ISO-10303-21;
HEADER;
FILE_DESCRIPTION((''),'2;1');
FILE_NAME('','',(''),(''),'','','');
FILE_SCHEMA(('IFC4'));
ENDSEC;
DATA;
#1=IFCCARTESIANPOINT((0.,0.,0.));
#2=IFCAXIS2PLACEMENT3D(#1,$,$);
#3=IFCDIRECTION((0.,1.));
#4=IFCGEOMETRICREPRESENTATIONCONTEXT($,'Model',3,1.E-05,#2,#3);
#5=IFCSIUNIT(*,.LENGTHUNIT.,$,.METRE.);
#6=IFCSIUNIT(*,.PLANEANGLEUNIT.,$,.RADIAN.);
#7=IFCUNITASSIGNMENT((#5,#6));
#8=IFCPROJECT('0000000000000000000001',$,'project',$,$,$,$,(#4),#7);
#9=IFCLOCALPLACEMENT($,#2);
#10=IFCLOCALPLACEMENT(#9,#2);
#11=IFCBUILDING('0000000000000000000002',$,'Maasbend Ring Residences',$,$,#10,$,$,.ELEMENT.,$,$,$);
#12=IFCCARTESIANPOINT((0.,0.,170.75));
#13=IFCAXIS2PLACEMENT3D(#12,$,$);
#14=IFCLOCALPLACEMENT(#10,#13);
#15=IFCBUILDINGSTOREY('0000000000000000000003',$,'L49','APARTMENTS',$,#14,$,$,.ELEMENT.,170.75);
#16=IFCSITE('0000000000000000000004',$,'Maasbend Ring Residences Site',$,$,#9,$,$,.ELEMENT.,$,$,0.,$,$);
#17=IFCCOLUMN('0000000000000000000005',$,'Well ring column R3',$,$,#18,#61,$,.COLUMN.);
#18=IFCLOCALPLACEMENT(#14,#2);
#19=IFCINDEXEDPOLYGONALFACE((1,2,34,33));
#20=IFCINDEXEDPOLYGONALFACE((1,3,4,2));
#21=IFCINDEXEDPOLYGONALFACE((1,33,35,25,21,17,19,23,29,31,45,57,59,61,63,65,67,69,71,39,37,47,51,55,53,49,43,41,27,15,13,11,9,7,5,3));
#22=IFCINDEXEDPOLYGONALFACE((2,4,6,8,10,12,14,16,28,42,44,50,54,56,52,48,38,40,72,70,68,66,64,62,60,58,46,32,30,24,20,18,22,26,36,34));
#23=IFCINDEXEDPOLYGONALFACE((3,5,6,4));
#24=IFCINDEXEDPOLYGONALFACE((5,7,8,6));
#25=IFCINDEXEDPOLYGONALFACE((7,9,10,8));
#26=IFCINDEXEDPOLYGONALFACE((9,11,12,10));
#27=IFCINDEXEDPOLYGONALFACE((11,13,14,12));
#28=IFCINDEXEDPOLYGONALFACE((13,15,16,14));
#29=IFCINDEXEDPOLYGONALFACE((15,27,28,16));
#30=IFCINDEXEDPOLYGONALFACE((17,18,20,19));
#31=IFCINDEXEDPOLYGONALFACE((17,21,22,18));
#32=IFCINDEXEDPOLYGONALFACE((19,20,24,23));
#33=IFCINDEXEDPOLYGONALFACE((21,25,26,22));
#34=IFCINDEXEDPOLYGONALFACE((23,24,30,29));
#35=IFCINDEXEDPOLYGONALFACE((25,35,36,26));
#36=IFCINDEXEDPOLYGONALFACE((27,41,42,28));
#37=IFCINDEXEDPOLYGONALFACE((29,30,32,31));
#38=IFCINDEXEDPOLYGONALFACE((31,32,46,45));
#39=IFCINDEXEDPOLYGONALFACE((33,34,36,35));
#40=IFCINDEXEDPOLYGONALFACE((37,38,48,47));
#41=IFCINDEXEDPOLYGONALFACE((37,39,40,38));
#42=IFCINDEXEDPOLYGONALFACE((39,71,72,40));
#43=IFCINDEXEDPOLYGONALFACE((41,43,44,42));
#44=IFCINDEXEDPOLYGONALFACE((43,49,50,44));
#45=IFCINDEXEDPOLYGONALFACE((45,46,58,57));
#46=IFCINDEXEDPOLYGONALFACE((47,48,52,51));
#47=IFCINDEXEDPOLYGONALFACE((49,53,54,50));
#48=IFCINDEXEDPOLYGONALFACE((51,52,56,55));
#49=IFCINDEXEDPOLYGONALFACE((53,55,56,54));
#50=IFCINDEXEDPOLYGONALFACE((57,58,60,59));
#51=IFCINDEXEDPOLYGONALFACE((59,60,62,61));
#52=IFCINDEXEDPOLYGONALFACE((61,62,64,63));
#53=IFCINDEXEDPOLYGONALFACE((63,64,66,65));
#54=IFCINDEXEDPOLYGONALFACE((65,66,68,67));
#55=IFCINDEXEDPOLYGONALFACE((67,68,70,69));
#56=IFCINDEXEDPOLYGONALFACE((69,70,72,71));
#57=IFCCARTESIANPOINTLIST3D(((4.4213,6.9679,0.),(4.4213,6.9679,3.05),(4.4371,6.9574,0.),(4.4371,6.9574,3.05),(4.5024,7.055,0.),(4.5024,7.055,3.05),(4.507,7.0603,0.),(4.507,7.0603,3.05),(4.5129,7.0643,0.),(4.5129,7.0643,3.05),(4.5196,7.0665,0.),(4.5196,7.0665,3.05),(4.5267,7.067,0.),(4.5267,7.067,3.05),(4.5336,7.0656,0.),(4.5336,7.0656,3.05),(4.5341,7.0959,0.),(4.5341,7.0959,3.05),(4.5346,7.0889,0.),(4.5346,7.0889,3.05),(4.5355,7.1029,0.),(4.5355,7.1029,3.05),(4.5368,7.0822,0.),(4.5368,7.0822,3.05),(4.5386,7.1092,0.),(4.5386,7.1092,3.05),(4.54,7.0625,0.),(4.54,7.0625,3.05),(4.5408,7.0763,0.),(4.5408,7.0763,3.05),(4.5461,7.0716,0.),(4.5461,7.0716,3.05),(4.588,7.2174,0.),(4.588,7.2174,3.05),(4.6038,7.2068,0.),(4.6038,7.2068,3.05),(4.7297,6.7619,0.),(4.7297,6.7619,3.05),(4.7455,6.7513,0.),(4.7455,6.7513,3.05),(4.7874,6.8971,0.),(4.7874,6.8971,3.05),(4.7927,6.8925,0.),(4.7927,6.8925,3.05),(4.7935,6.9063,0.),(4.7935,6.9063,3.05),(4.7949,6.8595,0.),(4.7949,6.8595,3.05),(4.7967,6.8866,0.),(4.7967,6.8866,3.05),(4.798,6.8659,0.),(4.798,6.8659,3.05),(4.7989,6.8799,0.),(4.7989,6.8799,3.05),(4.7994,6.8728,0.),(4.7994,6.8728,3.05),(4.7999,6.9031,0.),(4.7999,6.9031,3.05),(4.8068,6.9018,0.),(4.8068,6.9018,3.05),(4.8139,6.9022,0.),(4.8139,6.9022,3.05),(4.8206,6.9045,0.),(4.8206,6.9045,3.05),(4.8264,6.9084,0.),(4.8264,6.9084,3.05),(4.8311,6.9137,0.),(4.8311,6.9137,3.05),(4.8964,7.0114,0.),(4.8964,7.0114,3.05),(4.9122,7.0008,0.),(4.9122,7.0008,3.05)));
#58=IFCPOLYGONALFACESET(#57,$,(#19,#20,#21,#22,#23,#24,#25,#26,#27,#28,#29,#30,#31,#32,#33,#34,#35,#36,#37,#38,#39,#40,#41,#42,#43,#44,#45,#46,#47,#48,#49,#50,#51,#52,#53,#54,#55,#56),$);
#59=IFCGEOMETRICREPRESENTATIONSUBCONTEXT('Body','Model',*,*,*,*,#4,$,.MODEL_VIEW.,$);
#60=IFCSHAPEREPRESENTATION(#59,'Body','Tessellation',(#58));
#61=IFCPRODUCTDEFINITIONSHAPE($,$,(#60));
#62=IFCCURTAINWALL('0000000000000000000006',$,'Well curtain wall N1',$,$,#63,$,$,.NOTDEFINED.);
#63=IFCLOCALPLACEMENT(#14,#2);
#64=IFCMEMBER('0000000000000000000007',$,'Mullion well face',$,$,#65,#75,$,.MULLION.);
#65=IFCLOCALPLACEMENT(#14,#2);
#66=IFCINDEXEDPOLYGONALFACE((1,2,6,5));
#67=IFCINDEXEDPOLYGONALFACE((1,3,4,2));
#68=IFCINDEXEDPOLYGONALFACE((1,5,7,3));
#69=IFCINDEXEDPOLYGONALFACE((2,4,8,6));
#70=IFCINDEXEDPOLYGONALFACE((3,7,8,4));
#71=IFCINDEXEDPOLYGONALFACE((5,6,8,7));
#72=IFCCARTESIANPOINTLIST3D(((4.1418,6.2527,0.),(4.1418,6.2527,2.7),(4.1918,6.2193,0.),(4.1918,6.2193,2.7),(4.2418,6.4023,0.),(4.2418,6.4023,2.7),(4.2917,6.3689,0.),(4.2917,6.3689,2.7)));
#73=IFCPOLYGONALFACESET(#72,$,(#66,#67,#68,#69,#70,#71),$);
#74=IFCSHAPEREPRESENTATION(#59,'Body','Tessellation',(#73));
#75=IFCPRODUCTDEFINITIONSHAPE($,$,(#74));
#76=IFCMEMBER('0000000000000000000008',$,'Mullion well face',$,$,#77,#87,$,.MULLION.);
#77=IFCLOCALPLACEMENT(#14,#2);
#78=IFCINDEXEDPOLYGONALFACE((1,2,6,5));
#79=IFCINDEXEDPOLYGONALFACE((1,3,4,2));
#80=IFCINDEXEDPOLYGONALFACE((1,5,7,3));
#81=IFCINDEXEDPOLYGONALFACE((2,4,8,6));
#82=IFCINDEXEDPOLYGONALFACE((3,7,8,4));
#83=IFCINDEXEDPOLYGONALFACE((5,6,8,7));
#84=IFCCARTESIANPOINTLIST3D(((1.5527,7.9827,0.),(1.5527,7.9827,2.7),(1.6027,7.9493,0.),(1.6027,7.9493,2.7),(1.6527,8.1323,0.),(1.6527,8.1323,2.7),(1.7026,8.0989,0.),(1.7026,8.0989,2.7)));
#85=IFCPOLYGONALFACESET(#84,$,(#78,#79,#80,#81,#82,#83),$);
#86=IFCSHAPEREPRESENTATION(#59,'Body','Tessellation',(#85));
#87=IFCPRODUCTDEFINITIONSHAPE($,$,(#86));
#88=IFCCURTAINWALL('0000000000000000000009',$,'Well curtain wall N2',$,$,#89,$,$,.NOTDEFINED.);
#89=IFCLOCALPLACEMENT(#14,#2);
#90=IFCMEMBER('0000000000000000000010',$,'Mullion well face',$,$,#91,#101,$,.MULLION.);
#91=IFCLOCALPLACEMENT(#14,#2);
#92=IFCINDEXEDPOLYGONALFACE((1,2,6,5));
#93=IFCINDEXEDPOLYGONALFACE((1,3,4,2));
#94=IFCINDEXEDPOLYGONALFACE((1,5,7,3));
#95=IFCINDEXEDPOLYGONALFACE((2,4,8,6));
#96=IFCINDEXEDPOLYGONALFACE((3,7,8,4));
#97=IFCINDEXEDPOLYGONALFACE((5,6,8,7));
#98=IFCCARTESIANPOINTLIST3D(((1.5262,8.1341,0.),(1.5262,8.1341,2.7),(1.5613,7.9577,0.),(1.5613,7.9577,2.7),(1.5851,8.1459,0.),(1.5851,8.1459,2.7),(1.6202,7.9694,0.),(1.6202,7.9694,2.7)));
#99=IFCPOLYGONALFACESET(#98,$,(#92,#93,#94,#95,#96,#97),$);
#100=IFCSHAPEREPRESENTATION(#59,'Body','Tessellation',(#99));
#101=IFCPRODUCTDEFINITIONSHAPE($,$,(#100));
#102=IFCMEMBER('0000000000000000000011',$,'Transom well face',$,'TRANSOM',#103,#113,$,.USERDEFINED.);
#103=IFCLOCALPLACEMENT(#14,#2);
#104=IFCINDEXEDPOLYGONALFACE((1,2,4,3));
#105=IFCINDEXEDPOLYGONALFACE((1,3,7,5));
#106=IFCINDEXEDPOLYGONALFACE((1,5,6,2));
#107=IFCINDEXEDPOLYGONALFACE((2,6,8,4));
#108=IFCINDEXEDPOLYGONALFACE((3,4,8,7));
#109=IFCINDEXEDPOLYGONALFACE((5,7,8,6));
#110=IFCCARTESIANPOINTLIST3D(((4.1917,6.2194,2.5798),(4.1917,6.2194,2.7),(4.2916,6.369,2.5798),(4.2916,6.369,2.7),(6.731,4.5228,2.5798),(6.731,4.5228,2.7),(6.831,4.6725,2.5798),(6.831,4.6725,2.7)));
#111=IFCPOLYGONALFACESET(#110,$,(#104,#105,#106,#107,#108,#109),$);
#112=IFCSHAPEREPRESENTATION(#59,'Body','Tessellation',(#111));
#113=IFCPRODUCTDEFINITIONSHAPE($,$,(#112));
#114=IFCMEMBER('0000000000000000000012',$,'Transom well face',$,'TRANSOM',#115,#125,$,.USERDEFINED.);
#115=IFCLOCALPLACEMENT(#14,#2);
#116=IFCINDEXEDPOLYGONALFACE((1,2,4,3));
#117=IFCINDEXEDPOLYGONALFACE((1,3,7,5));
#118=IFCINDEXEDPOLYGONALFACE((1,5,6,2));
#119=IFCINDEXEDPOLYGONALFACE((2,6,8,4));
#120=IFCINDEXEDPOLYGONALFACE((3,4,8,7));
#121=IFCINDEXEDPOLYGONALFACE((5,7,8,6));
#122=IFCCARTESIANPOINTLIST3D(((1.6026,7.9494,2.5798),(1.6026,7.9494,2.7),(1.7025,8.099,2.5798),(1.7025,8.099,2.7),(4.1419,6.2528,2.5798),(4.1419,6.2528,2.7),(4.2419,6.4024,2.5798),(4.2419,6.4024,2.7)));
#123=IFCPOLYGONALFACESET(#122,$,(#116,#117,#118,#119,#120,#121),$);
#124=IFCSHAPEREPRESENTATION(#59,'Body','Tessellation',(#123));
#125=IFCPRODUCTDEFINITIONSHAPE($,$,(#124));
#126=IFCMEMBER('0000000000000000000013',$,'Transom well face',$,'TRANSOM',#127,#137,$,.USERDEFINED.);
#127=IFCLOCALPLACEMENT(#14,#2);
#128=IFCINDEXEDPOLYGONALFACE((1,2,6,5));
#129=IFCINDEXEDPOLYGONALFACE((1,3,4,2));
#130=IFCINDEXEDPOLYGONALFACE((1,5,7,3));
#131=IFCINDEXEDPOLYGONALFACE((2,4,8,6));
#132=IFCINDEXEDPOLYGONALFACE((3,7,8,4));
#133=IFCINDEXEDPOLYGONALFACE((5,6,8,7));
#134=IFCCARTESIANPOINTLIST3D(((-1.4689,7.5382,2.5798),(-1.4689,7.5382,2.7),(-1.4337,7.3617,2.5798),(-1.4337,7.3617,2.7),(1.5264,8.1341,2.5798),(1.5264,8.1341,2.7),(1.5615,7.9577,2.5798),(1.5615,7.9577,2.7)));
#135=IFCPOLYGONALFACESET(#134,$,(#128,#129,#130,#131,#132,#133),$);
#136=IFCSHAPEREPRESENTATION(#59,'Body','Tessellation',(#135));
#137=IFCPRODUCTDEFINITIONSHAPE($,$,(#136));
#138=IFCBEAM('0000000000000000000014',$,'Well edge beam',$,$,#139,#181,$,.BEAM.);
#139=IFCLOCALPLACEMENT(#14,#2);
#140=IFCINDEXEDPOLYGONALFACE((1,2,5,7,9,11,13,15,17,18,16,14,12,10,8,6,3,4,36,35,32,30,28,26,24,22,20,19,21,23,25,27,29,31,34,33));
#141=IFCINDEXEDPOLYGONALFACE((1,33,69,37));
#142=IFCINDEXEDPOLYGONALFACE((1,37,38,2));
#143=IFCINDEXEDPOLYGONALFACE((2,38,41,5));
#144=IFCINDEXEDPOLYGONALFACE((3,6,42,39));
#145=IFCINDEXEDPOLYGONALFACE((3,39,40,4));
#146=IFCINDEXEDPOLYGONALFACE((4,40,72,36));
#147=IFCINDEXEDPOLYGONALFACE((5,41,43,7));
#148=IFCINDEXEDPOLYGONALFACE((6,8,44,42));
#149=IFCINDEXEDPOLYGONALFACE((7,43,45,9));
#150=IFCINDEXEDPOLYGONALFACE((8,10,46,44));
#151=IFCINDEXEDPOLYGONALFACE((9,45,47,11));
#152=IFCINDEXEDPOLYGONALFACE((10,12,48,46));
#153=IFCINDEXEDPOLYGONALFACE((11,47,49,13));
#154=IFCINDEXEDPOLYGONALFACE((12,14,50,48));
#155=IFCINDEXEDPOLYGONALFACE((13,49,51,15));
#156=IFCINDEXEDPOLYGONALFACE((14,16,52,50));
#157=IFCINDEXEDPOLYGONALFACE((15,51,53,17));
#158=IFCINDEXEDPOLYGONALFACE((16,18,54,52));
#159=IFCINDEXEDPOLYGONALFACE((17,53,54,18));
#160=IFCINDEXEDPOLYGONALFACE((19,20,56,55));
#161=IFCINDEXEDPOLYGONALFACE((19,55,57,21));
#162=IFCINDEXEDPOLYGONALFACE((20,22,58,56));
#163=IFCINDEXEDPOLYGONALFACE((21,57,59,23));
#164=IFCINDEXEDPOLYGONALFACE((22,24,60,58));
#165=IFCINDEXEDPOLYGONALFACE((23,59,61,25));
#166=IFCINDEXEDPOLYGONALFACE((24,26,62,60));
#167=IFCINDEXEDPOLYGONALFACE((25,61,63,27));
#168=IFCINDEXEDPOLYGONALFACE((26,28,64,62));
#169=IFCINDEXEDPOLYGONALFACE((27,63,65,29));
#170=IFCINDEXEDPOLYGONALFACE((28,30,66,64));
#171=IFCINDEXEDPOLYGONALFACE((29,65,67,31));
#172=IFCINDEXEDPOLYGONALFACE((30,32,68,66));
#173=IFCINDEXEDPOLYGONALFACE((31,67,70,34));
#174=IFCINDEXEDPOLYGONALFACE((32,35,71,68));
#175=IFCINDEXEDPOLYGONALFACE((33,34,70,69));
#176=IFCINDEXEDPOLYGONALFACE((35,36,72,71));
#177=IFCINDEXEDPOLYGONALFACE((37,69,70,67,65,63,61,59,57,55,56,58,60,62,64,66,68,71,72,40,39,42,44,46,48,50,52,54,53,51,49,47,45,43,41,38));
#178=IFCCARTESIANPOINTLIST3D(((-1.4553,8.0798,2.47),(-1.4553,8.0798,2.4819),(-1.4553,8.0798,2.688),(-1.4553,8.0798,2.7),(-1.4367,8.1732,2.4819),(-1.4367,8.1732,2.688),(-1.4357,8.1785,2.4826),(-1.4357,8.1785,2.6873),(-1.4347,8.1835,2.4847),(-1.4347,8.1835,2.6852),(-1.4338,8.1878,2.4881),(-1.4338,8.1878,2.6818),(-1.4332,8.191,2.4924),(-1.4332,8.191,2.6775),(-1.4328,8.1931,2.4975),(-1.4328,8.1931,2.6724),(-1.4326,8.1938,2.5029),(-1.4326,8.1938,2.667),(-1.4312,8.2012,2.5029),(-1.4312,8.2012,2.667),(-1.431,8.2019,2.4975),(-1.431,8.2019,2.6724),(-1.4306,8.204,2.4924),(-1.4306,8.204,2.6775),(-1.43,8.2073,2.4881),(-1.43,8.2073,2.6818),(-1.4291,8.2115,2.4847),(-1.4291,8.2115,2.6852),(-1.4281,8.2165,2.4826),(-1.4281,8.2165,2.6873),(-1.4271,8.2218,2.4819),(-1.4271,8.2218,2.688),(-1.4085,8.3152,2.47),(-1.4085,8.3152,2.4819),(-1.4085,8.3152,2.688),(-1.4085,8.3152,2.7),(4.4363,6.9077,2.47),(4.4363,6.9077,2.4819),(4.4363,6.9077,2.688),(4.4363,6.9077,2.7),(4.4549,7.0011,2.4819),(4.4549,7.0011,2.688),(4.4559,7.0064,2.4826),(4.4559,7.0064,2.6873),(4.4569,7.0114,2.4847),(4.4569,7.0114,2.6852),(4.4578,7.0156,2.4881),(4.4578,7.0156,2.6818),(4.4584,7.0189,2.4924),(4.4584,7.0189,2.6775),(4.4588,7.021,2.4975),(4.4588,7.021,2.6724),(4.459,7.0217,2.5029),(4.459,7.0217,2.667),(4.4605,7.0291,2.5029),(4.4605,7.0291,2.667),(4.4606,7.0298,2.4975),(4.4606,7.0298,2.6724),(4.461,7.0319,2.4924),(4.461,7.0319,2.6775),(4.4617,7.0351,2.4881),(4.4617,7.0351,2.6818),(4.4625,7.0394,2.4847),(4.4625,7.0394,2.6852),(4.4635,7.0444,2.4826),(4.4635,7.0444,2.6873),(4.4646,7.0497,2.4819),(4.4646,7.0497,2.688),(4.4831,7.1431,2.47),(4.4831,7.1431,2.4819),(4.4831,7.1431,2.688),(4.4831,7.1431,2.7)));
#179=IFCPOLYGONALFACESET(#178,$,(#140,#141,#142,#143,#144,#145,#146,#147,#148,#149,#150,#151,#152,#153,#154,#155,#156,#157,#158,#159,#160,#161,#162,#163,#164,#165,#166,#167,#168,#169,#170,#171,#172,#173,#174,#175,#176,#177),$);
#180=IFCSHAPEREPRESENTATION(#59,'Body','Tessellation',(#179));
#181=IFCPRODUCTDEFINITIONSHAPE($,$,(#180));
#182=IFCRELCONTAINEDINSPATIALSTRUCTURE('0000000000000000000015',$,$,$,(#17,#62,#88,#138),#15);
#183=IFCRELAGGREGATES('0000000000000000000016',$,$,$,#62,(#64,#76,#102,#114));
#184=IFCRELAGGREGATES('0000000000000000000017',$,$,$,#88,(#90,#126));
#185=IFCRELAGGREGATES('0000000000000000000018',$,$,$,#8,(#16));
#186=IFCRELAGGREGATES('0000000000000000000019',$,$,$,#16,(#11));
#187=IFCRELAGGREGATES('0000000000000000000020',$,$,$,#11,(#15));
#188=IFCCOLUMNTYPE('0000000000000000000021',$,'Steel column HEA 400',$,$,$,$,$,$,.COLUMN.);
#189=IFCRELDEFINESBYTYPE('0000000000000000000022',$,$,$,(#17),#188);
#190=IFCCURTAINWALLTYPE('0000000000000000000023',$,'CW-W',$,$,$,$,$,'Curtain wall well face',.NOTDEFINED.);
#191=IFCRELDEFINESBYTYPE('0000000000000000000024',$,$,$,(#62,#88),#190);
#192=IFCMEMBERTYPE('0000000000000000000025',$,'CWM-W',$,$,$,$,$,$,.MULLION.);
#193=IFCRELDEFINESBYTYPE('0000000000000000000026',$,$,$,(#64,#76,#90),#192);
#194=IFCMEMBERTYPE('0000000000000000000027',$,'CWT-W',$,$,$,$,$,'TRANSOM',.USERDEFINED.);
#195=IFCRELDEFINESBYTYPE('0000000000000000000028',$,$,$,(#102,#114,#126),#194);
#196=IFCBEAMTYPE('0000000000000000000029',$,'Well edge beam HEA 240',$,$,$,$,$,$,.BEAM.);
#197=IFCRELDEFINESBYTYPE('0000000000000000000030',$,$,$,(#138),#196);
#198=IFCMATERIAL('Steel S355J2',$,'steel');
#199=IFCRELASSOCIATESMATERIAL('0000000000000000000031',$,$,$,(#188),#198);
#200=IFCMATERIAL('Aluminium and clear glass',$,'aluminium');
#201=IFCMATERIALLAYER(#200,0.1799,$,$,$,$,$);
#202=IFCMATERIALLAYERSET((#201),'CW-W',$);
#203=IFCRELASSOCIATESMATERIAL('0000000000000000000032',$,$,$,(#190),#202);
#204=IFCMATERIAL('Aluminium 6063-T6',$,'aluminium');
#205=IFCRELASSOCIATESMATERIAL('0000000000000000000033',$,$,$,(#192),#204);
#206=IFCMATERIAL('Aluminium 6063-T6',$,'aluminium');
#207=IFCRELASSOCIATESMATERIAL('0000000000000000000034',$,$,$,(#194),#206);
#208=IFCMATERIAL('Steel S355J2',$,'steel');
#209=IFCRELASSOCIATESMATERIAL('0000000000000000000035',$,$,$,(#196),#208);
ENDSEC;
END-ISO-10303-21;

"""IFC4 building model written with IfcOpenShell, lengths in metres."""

from ifc_helpers import new_model, si_unit, direction, frame, origin, origin_2d, place, context, subcontext, project, spatial, rectangle, i_section, extrude, material, layer, layer_set, material_profile, profile_set, type_object, element, aggregate, save


model = new_model("IFC4")

# Units and contexts
model_context = context("Model", 3, precision=1e-05, world=origin(), true_north=direction((0.0, 1.0)))
body_context = subcontext(model_context, "Body", "Model", "MODEL_VIEW")
ifc_project = project(units=[si_unit("LENGTHUNIT", "METRE"), si_unit("PLANEANGLEUNIT", "RADIAN")], contexts=[model_context])

# Site, building, storey
site_placement = place(None, origin())
site = spatial("IfcSite", under=ifc_project, at=site_placement, Name="Maasbend Ring Residences Site", CompositionType="ELEMENT", RefElevation=0.0)
building_placement = place(site_placement, origin())
building = spatial("IfcBuilding", under=site, at=building_placement, Name="Maasbend Ring Residences", CompositionType="ELEMENT")
storey_placement = place(building_placement, frame((0.0, 0.0, 170.75)))
storey = spatial("IfcBuildingStorey", under=building, at=storey_placement, Name="L49", Description="APARTMENTS", CompositionType="ELEMENT", Elevation=170.75)

# Column
ifc_material_1 = material(Name="Steel S355J2", Category="steel")
ifc_material_profile_1 = material_profile(ifc_material_1, i_section(OverallWidth=0.3, OverallDepth=0.3899, WebThickness=0.011, FlangeThickness=0.019, FilletRadius=0.0271, at=origin_2d()), Name="HEA 400")
ifc_profile_set_1 = profile_set([ifc_material_profile_1], Name="Steel S355J2")
column_type = type_object("IfcColumnType", Name="Steel column HEA 400", PredefinedType="COLUMN", material=ifc_profile_set_1)
column_placement = place(storey_placement, frame((4.6667, 6.9844, 0.0), z_axis=(0.0, 0.0, 1.0), x_axis=(0.55557, 0.83147, 0.0)))
element("IfcColumn", 1, at=column_placement, inside=storey, type_object=column_type, Name="Well ring column R3", PredefinedType="COLUMN", context=body_context, shape_type="SweptSolid", body=[
    extrude(i_section(OverallWidth=0.3, OverallDepth=0.3899, WebThickness=0.011, FlangeThickness=0.019, FilletRadius=0.0271, at=origin_2d()), origin(), (0.0, 0.0, 1.0), 3.05),
])

# Curtain wall, members
ifc_material_2 = material(Name="Aluminium and clear glass", Category="aluminium")
ifc_layer_1 = layer(ifc_material_2, 0.1799)
ifc_layer_set_1 = layer_set([ifc_layer_1], Name="CW-W")
curtain_wall_type = type_object("IfcCurtainWallType", Name="CW-W", ElementType="Curtain wall well face", PredefinedType="NOTDEFINED", material=ifc_layer_set_1)
curtain_wall_1_placement = place(storey_placement, origin())
curtain_wall_1 = element("IfcCurtainWall", 2, at=curtain_wall_1_placement, inside=storey, type_object=curtain_wall_type, Name="Well curtain wall N1", PredefinedType="NOTDEFINED")
ifc_material_3 = material(Name="Aluminium 6063-T6", Category="aluminium")
ifc_material_profile_2 = material_profile(ifc_material_3, rectangle(XDim=0.1799, YDim=0.0601, at=origin_2d()), Name="AL 180x60")
ifc_profile_set_2 = profile_set([ifc_material_profile_2], Name="Aluminium 6063-T6")
member_type_1 = type_object("IfcMemberType", Name="CWM-W", PredefinedType="MULLION", material=ifc_profile_set_2)
member_1_placement = place(storey_placement, frame((4.2168, 6.3108, 0.0), z_axis=(0.0, 0.0, 1.0), x_axis=(-0.55557, -0.83147, 0.0)))
member_1 = element("IfcMember", 3, at=member_1_placement, type_object=member_type_1, Name="Mullion well face", PredefinedType="MULLION", context=body_context, shape_type="SweptSolid", body=[
    extrude(rectangle(XDim=0.1799, YDim=0.0601, at=origin_2d()), origin(), (0.0, 0.0, 1.0), 2.7),
])
member_2_placement = place(storey_placement, frame((1.6277, 8.0408, 0.0), z_axis=(0.0, 0.0, 1.0), x_axis=(-0.55557, -0.83147, 0.0)))
member_2 = element("IfcMember", 4, at=member_2_placement, type_object=member_type_1, Name="Mullion well face", PredefinedType="MULLION", context=body_context, shape_type="SweptSolid", body=[
    extrude(rectangle(XDim=0.1799, YDim=0.0601, at=origin_2d()), origin(), (0.0, 0.0, 1.0), 2.7),
])

# Curtain wall, member
curtain_wall_2_placement = place(storey_placement, origin())
curtain_wall_2 = element("IfcCurtainWall", 5, at=curtain_wall_2_placement, inside=storey, type_object=curtain_wall_type, Name="Well curtain wall N2", PredefinedType="NOTDEFINED")
member_3_placement = place(storey_placement, frame((1.5732, 8.0518, 0.0), z_axis=(0.0, 0.0, 1.0), x_axis=(0.19509, -0.980785, 0.0)))
member_3 = element("IfcMember", 6, at=member_3_placement, type_object=member_type_1, Name="Mullion well face", PredefinedType="MULLION", context=body_context, shape_type="SweptSolid", body=[
    extrude(rectangle(XDim=0.1799, YDim=0.0601, at=origin_2d()), origin(), (0.0, 0.0, 1.0), 2.7),
])

# Members
ifc_material_4 = material(Name="Aluminium 6063-T6", Category="aluminium")
ifc_material_profile_3 = material_profile(ifc_material_4, rectangle(XDim=0.1799, YDim=0.1201, at=origin_2d()), Name="AL 180x120")
ifc_profile_set_3 = profile_set([ifc_material_profile_3], Name="Aluminium 6063-T6")
member_type_2 = type_object("IfcMemberType", Name="CWT-W", ElementType="TRANSOM", PredefinedType="USERDEFINED", material=ifc_profile_set_3)
member_4_placement = place(storey_placement, frame((6.781, 4.5977, 2.6399), z_axis=(-0.831496, 0.55553, 0.0), x_axis=(-0.55553, -0.831496, 0.0)))
member_4 = element("IfcMember", 7, at=member_4_placement, type_object=member_type_2, Name="Transom well face", ObjectType="TRANSOM", PredefinedType="USERDEFINED", context=body_context, shape_type="SweptSolid", body=[
    extrude(rectangle(XDim=0.1799, YDim=0.1201, at=origin_2d()), origin(), (0.0, 0.0, 1.0), 3.054),
])
member_5_placement = place(storey_placement, frame((4.1919, 6.3276, 2.6399), z_axis=(-0.831496, 0.55553, 0.0), x_axis=(-0.55553, -0.831496, 0.0)))
member_5 = element("IfcMember", 8, at=member_5_placement, type_object=member_type_2, Name="Transom well face", ObjectType="TRANSOM", PredefinedType="USERDEFINED", context=body_context, shape_type="SweptSolid", body=[
    extrude(rectangle(XDim=0.1799, YDim=0.1201, at=origin_2d()), origin(), (0.0, 0.0, 1.0), 3.054),
])
member_6_placement = place(storey_placement, frame((1.5439, 8.0459, 2.6399), z_axis=(-0.980777, -0.195132, 0.0), x_axis=(0.195132, -0.980777, 0.0)))
member_6 = element("IfcMember", 9, at=member_6_placement, type_object=member_type_2, Name="Transom well face", ObjectType="TRANSOM", PredefinedType="USERDEFINED", context=body_context, shape_type="SweptSolid", body=[
    extrude(rectangle(XDim=0.1799, YDim=0.1201, at=origin_2d()), origin(), (0.0, 0.0, 1.0), 3.054),
])

# Beam
ifc_material_5 = material(Name="Steel S355J2", Category="steel")
ifc_material_profile_4 = material_profile(ifc_material_5, i_section(OverallWidth=0.24, OverallDepth=0.23, WebThickness=0.0076, FlangeThickness=0.012, FilletRadius=0.021, at=origin_2d()), Name="HEA 240")
ifc_profile_set_4 = profile_set([ifc_material_profile_4], Name="Steel S355J2")
beam_type = type_object("IfcBeamType", Name="Well edge beam HEA 240", PredefinedType="BEAM", material=ifc_profile_set_4)
beam_placement = place(storey_placement, frame((4.4597, 7.0254, 2.585), z_axis=(-0.980779, 0.195123, 0.0), x_axis=(-0.195123, -0.980779, 0.0)))
element("IfcBeam", 10, at=beam_placement, inside=storey, type_object=beam_type, Name="Well edge beam", PredefinedType="BEAM", context=body_context, shape_type="SweptSolid", body=[
    extrude(i_section(OverallWidth=0.24, OverallDepth=0.23, WebThickness=0.0076, FlangeThickness=0.012, FilletRadius=0.021, at=origin_2d()), origin(), (0.0, 0.0, 1.0), 6.0071),
])

aggregate(curtain_wall_1, [member_1, member_2, member_4, member_5])
aggregate(curtain_wall_2, [member_3, member_6])

save(model, "model.ifc")
